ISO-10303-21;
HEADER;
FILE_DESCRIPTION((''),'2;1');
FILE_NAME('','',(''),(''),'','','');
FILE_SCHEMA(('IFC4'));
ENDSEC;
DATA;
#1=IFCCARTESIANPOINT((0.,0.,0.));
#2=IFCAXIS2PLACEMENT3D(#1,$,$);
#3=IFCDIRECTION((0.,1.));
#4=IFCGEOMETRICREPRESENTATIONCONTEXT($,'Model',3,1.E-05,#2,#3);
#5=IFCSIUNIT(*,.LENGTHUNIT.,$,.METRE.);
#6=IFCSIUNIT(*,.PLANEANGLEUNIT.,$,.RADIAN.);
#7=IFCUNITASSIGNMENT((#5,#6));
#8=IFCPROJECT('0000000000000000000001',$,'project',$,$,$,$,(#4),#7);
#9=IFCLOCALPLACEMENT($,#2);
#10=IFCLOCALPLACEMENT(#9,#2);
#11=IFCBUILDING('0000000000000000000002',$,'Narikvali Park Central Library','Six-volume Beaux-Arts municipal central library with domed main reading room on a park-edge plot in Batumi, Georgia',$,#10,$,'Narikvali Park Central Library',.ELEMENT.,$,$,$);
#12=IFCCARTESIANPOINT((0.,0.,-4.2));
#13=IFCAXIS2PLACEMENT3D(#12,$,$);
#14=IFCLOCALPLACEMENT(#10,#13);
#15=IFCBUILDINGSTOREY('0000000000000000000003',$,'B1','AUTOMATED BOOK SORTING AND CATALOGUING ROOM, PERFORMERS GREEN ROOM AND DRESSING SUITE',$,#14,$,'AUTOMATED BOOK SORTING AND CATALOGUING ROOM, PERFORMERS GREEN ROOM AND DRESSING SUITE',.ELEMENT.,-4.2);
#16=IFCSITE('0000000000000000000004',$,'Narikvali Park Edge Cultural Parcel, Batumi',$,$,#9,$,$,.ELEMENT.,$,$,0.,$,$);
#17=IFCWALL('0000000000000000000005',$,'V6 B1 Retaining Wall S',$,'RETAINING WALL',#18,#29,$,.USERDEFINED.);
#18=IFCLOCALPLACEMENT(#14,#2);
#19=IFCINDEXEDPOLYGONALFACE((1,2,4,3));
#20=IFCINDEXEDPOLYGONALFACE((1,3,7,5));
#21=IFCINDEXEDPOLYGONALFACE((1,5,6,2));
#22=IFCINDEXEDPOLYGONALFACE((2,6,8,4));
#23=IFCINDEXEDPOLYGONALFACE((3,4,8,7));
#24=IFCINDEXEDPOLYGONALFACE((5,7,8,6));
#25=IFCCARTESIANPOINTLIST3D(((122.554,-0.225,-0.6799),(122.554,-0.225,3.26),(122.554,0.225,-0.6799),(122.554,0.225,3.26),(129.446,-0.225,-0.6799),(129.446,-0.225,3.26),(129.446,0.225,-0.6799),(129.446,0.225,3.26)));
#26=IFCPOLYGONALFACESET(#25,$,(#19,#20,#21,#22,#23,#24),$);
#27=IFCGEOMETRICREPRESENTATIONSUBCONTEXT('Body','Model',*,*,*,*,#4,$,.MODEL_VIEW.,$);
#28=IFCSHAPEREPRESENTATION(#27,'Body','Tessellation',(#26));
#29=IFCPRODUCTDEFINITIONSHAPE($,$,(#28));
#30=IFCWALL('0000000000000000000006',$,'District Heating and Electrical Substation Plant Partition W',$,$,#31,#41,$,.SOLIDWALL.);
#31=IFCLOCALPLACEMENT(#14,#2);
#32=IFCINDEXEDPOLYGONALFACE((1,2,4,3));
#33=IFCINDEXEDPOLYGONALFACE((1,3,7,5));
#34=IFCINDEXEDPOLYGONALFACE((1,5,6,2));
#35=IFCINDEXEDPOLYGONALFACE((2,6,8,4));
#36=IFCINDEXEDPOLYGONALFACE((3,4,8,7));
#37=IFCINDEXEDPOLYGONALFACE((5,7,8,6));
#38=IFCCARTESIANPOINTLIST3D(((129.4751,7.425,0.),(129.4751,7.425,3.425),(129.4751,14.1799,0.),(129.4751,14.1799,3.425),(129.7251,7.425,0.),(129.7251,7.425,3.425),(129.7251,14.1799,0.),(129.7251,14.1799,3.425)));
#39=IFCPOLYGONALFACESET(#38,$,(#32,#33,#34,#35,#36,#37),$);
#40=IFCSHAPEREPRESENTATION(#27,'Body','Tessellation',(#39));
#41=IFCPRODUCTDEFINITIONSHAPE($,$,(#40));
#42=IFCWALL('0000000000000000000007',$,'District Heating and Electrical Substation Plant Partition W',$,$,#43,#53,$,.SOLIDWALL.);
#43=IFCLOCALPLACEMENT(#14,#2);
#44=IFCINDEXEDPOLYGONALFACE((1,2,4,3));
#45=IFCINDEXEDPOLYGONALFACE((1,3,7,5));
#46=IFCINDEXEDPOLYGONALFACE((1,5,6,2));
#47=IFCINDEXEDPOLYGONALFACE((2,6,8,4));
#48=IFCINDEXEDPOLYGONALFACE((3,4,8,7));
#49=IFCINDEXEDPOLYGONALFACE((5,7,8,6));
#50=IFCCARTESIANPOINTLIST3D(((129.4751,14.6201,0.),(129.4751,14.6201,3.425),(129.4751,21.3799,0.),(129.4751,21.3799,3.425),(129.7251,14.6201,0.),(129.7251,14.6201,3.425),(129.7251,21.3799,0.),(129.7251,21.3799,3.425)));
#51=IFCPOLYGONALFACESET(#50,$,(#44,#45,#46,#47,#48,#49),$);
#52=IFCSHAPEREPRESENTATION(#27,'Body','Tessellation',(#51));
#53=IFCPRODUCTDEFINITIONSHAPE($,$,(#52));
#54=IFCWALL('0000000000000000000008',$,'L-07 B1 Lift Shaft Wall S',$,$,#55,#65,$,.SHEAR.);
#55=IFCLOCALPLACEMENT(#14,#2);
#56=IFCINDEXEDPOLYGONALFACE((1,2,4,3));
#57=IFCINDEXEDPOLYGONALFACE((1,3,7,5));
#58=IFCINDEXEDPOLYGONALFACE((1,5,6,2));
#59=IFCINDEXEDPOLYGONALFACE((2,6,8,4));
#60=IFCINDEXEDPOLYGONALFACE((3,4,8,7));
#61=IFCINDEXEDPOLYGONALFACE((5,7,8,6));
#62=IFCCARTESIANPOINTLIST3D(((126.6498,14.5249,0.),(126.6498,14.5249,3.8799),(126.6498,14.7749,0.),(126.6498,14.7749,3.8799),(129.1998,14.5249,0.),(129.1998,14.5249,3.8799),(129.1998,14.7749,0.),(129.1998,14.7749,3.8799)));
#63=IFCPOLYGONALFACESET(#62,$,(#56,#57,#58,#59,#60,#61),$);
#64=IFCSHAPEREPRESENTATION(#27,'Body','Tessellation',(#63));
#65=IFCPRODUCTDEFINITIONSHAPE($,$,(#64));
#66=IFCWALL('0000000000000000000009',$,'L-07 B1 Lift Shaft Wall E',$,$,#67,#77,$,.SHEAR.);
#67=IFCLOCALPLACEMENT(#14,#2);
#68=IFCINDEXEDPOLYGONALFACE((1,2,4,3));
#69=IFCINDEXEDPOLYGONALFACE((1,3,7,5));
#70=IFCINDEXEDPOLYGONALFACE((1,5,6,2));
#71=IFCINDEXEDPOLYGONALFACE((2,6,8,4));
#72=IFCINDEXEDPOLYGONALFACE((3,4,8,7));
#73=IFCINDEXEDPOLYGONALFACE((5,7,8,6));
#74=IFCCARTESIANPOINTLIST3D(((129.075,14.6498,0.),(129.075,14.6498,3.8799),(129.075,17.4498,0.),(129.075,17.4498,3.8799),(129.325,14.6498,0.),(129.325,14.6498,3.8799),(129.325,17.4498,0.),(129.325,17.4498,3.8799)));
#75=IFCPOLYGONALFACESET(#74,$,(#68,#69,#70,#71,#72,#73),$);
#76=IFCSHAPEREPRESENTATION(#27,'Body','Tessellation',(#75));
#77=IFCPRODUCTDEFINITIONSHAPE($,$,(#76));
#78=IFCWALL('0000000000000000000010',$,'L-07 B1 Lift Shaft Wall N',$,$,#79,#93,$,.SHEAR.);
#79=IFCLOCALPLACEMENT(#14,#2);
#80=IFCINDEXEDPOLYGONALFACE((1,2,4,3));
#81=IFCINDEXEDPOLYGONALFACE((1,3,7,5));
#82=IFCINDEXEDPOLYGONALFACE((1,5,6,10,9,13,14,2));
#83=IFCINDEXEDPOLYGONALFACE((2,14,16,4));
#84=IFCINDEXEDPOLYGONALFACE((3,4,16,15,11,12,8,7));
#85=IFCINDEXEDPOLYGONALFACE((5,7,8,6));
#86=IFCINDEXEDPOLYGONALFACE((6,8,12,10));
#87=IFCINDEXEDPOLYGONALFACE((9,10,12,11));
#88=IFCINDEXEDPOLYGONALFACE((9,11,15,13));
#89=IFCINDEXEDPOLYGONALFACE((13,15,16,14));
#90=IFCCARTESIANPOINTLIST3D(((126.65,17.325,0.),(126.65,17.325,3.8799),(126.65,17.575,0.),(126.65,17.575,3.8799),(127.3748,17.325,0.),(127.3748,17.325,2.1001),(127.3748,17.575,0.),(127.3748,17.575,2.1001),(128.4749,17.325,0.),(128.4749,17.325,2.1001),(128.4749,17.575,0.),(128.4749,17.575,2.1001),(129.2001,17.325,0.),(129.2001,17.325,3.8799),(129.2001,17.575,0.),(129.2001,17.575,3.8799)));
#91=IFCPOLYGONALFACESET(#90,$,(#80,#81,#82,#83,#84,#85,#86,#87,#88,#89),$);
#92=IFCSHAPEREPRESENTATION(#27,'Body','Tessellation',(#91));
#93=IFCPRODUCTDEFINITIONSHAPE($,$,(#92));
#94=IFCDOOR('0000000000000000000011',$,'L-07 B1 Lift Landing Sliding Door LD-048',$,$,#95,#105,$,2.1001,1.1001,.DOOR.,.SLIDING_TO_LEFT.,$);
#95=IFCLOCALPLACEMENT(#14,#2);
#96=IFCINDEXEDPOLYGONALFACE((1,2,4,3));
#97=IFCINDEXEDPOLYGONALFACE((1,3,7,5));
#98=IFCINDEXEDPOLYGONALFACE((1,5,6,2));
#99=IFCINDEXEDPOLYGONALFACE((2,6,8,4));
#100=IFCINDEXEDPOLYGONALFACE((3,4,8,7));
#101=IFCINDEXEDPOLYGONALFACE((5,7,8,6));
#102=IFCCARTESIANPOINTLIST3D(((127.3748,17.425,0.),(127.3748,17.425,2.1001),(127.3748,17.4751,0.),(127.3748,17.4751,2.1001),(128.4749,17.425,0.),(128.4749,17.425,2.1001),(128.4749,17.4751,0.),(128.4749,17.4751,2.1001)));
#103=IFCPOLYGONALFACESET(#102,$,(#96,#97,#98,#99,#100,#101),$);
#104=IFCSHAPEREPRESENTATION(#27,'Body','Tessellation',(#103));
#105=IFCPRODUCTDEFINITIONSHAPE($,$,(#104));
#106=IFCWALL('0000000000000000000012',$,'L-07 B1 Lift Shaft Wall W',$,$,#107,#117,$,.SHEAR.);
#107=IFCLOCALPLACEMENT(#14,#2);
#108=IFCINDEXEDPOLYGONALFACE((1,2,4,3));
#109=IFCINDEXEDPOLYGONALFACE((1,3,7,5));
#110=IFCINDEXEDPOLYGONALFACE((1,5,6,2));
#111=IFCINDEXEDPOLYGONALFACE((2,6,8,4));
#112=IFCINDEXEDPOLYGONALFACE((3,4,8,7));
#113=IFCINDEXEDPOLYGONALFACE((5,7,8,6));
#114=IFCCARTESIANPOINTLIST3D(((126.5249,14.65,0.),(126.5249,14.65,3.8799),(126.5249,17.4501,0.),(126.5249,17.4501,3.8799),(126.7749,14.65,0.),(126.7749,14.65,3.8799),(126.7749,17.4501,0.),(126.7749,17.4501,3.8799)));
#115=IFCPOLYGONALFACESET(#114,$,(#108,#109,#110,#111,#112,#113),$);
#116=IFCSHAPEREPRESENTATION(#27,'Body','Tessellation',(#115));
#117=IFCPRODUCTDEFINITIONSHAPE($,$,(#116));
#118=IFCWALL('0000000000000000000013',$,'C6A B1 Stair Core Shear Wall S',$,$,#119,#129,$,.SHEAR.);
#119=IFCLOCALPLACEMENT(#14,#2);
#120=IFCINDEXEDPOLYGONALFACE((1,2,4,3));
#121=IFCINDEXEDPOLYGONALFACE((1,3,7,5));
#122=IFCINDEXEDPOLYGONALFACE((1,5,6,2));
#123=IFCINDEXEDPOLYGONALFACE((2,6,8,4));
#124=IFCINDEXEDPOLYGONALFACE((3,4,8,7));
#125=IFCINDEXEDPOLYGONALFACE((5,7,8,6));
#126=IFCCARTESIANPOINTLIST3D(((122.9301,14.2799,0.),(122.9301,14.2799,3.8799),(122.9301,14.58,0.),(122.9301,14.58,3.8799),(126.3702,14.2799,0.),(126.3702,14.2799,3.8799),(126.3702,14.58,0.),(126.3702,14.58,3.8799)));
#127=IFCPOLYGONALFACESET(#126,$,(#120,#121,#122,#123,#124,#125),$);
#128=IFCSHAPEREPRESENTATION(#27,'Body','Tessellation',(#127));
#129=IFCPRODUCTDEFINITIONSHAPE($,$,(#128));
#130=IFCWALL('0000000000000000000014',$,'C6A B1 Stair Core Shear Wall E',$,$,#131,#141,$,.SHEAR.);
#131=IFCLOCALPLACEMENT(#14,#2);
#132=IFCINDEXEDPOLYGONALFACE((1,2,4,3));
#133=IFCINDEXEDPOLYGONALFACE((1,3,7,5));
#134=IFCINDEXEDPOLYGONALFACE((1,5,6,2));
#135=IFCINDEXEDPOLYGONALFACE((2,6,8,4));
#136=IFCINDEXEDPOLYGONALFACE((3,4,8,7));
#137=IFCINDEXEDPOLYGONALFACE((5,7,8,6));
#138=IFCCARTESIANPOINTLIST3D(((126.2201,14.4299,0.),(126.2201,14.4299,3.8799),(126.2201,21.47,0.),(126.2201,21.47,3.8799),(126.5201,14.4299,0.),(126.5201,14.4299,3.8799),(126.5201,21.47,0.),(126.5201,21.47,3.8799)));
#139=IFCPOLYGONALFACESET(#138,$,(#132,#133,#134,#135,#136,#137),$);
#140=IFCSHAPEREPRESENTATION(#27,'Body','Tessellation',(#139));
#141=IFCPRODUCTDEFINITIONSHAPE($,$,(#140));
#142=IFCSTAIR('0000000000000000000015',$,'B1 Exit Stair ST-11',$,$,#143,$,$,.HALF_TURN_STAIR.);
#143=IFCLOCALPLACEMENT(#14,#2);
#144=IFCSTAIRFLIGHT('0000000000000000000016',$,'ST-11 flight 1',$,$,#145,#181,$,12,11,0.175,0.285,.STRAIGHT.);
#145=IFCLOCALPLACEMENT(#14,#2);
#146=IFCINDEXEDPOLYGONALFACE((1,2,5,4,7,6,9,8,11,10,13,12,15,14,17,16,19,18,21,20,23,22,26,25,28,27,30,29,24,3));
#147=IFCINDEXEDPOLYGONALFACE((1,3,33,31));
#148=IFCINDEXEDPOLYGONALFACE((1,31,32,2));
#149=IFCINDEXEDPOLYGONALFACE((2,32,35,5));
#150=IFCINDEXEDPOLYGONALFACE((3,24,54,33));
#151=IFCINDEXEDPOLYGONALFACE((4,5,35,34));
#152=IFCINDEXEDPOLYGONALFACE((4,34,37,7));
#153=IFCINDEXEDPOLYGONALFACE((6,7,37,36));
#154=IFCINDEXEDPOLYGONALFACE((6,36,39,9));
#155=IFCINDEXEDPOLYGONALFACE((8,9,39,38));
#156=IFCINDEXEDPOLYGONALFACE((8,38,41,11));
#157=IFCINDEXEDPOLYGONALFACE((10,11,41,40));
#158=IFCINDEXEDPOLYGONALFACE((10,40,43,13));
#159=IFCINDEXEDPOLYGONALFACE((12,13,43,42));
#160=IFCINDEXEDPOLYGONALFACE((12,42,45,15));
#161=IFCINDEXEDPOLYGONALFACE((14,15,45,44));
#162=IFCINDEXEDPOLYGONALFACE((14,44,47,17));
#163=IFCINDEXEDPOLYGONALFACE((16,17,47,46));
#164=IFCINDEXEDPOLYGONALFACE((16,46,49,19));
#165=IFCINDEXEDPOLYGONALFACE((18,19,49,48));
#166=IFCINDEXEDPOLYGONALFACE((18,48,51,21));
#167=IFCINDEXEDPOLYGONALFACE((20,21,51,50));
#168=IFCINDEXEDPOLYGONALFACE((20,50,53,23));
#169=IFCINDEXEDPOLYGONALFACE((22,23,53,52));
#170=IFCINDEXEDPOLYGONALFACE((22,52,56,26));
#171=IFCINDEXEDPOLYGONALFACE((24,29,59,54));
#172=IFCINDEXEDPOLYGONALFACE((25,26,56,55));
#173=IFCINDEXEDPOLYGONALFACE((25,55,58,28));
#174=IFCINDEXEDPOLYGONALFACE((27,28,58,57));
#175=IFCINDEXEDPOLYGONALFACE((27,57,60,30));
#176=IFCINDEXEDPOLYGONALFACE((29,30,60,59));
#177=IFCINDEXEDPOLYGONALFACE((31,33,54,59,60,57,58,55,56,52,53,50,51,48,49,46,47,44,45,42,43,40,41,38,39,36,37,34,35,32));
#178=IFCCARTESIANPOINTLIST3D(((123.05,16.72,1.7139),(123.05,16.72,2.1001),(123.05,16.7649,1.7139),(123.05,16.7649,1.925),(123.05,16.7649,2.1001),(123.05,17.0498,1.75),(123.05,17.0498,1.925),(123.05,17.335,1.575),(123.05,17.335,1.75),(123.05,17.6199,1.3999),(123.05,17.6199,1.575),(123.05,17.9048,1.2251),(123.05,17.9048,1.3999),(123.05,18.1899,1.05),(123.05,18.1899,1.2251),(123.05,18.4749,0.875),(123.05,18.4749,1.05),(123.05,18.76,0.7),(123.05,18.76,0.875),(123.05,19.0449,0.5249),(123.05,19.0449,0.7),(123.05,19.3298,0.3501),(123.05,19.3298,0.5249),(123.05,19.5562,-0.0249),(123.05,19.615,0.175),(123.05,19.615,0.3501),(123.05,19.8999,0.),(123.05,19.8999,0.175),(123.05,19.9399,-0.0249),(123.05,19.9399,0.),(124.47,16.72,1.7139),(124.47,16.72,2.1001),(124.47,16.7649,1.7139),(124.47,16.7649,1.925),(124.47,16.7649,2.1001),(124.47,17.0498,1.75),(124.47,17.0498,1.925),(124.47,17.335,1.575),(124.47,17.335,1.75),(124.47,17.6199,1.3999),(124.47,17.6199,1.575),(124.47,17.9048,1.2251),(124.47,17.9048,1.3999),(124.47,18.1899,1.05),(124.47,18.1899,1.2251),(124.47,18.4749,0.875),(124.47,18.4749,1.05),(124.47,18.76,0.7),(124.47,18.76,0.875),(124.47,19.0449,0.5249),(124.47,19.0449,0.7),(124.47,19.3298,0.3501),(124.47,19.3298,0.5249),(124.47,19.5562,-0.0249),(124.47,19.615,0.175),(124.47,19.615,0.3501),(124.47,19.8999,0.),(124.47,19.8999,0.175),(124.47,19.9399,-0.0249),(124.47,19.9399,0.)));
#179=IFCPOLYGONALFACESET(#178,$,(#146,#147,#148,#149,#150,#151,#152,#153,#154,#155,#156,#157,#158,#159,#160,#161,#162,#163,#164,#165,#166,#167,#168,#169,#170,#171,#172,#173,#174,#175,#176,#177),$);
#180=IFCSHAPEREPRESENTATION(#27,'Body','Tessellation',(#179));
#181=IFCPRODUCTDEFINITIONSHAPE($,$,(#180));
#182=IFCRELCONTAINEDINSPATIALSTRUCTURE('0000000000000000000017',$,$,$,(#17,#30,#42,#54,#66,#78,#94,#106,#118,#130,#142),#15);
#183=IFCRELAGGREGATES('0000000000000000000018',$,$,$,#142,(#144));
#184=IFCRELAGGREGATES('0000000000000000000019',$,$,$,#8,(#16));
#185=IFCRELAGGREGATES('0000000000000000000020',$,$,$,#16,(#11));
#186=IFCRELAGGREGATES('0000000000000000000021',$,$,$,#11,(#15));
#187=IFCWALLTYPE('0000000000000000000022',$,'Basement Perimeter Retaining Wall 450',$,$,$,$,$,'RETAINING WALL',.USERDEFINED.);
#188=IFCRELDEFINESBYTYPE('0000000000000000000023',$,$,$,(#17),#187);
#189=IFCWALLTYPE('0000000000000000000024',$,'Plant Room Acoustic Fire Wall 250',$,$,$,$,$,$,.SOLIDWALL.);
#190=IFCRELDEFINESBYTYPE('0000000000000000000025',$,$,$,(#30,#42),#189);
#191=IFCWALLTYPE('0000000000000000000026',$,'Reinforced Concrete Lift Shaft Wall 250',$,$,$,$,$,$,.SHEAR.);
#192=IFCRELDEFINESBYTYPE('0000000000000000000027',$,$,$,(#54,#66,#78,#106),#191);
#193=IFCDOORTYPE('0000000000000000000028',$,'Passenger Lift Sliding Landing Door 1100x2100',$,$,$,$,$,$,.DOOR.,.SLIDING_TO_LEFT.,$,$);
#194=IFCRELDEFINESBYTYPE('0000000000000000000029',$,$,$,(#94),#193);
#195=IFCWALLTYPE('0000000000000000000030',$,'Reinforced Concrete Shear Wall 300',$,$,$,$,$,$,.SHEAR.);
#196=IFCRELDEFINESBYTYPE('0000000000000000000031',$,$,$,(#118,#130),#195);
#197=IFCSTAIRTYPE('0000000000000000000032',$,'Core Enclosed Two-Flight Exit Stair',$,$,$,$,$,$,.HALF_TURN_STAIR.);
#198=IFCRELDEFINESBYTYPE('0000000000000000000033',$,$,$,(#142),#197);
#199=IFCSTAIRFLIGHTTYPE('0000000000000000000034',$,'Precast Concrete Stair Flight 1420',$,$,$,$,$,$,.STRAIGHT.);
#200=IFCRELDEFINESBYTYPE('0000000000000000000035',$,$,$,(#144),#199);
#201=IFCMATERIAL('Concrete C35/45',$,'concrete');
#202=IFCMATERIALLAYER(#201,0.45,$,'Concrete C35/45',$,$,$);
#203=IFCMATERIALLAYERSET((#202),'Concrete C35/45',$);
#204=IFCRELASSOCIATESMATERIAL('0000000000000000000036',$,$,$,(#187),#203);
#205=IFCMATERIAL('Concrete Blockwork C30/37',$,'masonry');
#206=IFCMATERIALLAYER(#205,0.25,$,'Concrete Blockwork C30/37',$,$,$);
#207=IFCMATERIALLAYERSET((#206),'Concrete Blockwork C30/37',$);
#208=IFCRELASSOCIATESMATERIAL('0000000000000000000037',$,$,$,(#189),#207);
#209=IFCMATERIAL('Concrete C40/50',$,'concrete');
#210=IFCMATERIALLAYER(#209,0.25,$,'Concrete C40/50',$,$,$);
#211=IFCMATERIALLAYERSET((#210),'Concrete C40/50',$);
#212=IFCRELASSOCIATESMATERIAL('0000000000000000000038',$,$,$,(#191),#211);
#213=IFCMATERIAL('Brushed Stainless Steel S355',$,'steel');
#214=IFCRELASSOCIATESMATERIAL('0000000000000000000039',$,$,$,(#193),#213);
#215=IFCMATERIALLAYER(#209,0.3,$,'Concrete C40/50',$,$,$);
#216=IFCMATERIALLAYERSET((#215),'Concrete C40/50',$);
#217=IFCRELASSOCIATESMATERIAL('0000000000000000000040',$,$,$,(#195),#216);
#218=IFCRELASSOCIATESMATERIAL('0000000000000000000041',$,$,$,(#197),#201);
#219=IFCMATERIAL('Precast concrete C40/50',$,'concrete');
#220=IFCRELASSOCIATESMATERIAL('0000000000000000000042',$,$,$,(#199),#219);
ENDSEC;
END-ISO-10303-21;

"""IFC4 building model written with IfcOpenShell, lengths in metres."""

from ifc_helpers import new_model, si_unit, direction, frame, frame_2d, origin, place, context, subcontext, project, spatial, polyline, rectangle, outline, extrude, material, layer, layer_set, type_object, element, fill, aggregate, save


model = new_model("IFC4")

# Units and contexts
model_context = context("Model", 3, precision=1e-05, world=origin(), true_north=direction((0.0, 1.0)))
body_context = subcontext(model_context, "Body", "Model", "MODEL_VIEW")
ifc_project = project(units=[si_unit("LENGTHUNIT", "METRE"), si_unit("PLANEANGLEUNIT", "RADIAN")], contexts=[model_context])

# Site, building, storey
site_placement = place(None, origin())
site = spatial("IfcSite", under=ifc_project, at=site_placement, Name="Narikvali Park Edge Cultural Parcel, Batumi", CompositionType="ELEMENT", RefElevation=0.0)
building_placement = place(site_placement, origin())
building = spatial("IfcBuilding", under=site, at=building_placement, Name="Narikvali Park Central Library", Description="Six-volume Beaux-Arts municipal central library with domed main reading room on a park-edge plot in Batumi, Georgia", LongName="Narikvali Park Central Library", CompositionType="ELEMENT")
storey_placement = place(building_placement, frame((0.0, 0.0, -4.2)))
storey = spatial("IfcBuildingStorey", under=building, at=storey_placement, Name="B1", Description="AUTOMATED BOOK SORTING AND CATALOGUING ROOM, PERFORMERS GREEN ROOM AND DRESSING SUITE", LongName="AUTOMATED BOOK SORTING AND CATALOGUING ROOM, PERFORMERS GREEN ROOM AND DRESSING SUITE", CompositionType="ELEMENT", Elevation=-4.2)

# Shared definitions
ifc_material_1 = material(Name="Concrete C35/45", Category="concrete")

# Walls
ifc_layer_1 = layer(ifc_material_1, 0.45, Name="Concrete C35/45")
ifc_layer_set_1 = layer_set([ifc_layer_1], Name="Concrete C35/45")
wall_type_1 = type_object("IfcWallType", Name="Basement Perimeter Retaining Wall 450", ElementType="RETAINING WALL", PredefinedType="USERDEFINED", material=ifc_layer_set_1)
wall_1_placement = place(storey_placement, frame((122.554, 0.0, -0.6799), z_axis=(0.0, 0.0, 1.0), x_axis=(1.0, 0.0, 0.0)))
element("IfcWall", 1, at=wall_1_placement, inside=storey, type_object=wall_type_1, Name="V6 B1 Retaining Wall S", ObjectType="RETAINING WALL", PredefinedType="USERDEFINED", context=body_context, shape_type="SweptSolid", body=[
    extrude(rectangle(XDim=6.8921, YDim=0.45, at=frame_2d((3.446, 0.0))), origin(), (0.0, 0.0, 1.0), 3.9399),
])
ifc_material_2 = material(Name="Concrete Blockwork C30/37", Category="masonry")
ifc_layer_2 = layer(ifc_material_2, 0.25, Name="Concrete Blockwork C30/37")
ifc_layer_set_2 = layer_set([ifc_layer_2], Name="Concrete Blockwork C30/37")
wall_type_2 = type_object("IfcWallType", Name="Plant Room Acoustic Fire Wall 250", PredefinedType="SOLIDWALL", material=ifc_layer_set_2)
wall_2_placement = place(storey_placement, frame((129.6001, 7.425, 0.0), z_axis=(0.0, 0.0, 1.0), x_axis=(0.0, 1.0, 0.0)))
element("IfcWall", 2, at=wall_2_placement, inside=storey, type_object=wall_type_2, Name="District Heating and Electrical Substation Plant Partition W", PredefinedType="SOLIDWALL", context=body_context, shape_type="SweptSolid", body=[
    extrude(rectangle(XDim=6.7549, YDim=0.25, at=frame_2d((3.3774, 0.0))), origin(), (0.0, 0.0, 1.0), 3.425),
])
wall_3_placement = place(storey_placement, frame((129.6001, 14.6201, 0.0), z_axis=(0.0, 0.0, 1.0), x_axis=(0.0, 1.0, 0.0)))
element("IfcWall", 3, at=wall_3_placement, inside=storey, type_object=wall_type_2, Name="District Heating and Electrical Substation Plant Partition W", PredefinedType="SOLIDWALL", context=body_context, shape_type="SweptSolid", body=[
    extrude(rectangle(XDim=6.7598, YDim=0.25, at=frame_2d((3.3799, 0.0))), origin(), (0.0, 0.0, 1.0), 3.425),
])
ifc_material_3 = material(Name="Concrete C40/50", Category="concrete")
ifc_layer_3 = layer(ifc_material_3, 0.25, Name="Concrete C40/50")
ifc_layer_set_3 = layer_set([ifc_layer_3], Name="Concrete C40/50")
wall_type_3 = type_object("IfcWallType", Name="Reinforced Concrete Lift Shaft Wall 250", PredefinedType="SHEAR", material=ifc_layer_set_3)
wall_4_placement = place(storey_placement, frame((126.6499, 14.6499, 0.0), z_axis=(0.0, 0.0, 1.0), x_axis=(1.0, 0.0, 0.0)))
element("IfcWall", 4, at=wall_4_placement, inside=storey, type_object=wall_type_3, Name="L-07 B1 Lift Shaft Wall S", PredefinedType="SHEAR", context=body_context, shape_type="SweptSolid", body=[
    extrude(rectangle(XDim=2.55, YDim=0.25, at=frame_2d((1.2749, 0.0))), origin(), (0.0, 0.0, 1.0), 3.8799),
])
wall_5_placement = place(storey_placement, frame((129.2, 14.6499, 0.0), z_axis=(0.0, 0.0, 1.0), x_axis=(0.0, 1.0, 0.0)))
element("IfcWall", 5, at=wall_5_placement, inside=storey, type_object=wall_type_3, Name="L-07 B1 Lift Shaft Wall E", PredefinedType="SHEAR", context=body_context, shape_type="SweptSolid", body=[
    extrude(rectangle(XDim=2.8, YDim=0.25, at=frame_2d((1.3999, 0.0))), origin(), (0.0, 0.0, 1.0), 3.8799),
])

# Wall, opening, door
wall_6_placement = place(storey_placement, frame((129.2, 17.45, 0.0), z_axis=(0.0, 0.0, 1.0), x_axis=(-1.0, 0.0, 0.0)))
wall_6 = element("IfcWall", 6, at=wall_6_placement, inside=storey, type_object=wall_type_3, Name="L-07 B1 Lift Shaft Wall N", PredefinedType="SHEAR", context=body_context, shape_type="SweptSolid", body=[
    extrude(rectangle(XDim=2.55, YDim=0.25, at=frame_2d((1.2749, 0.0))), origin(), (0.0, 0.0, 1.0), 3.8799),
])
opening_placement = place(wall_6_placement, frame((0.7251, 0.0, 0.0)))
opening = element("IfcOpeningElement", 7, at=opening_placement, cuts=wall_6, PredefinedType="OPENING", context=body_context, shape_type="SweptSolid", body=[
    extrude(rectangle(XDim=1.1001, YDim=2.1001, at=frame_2d((0.55, 1.05))), frame((0.0, 0.137, 0.0), z_axis=(0.0, -1.0, 0.0), x_axis=(1.0, 0.0, 0.0)), (0.0, 0.0, 1.0), 0.2739),
])
ifc_material_4 = material(Name="Brushed Stainless Steel S355", Category="steel")
door_type = type_object("IfcDoorType", Name="Passenger Lift Sliding Landing Door 1100x2100", OperationType="SLIDING_TO_LEFT", PredefinedType="DOOR", material=ifc_material_4)
door_placement = place(opening_placement, origin())
door = element("IfcDoor", 8, at=door_placement, inside=storey, type_object=door_type, Name="L-07 B1 Lift Landing Sliding Door LD-048", OperationType="SLIDING_TO_LEFT", OverallHeight=2.1001, OverallWidth=1.1001, PredefinedType="DOOR", context=body_context, shape_type="SweptSolid", body=[
    extrude(rectangle(XDim=1.1001, YDim=2.1001, at=frame_2d((0.55, 1.05))), frame((0.0, 0.0249, 0.0), z_axis=(0.0, -1.0, 0.0), x_axis=(1.0, 0.0, 0.0)), (0.0, 0.0, 1.0), 0.05),
])
fill(opening, door)

# Walls
wall_7_placement = place(storey_placement, frame((126.6499, 17.45, 0.0), z_axis=(0.0, 0.0, 1.0), x_axis=(0.0, -1.0, 0.0)))
element("IfcWall", 9, at=wall_7_placement, inside=storey, type_object=wall_type_3, Name="L-07 B1 Lift Shaft Wall W", PredefinedType="SHEAR", context=body_context, shape_type="SweptSolid", body=[
    extrude(rectangle(XDim=2.8, YDim=0.25, at=frame_2d((1.3999, 0.0))), origin(), (0.0, 0.0, 1.0), 3.8799),
])
ifc_layer_4 = layer(ifc_material_3, 0.3, Name="Concrete C40/50")
ifc_layer_set_4 = layer_set([ifc_layer_4], Name="Concrete C40/50")
wall_type_4 = type_object("IfcWallType", Name="Reinforced Concrete Shear Wall 300", PredefinedType="SHEAR", material=ifc_layer_set_4)
wall_8_placement = place(storey_placement, frame((122.9299, 14.4299, 0.0), z_axis=(0.0, 0.0, 1.0), x_axis=(1.0, 0.0, 0.0)))
element("IfcWall", 10, at=wall_8_placement, inside=storey, type_object=wall_type_4, Name="C6A B1 Stair Core Shear Wall S", PredefinedType="SHEAR", context=body_context, shape_type="SweptSolid", body=[
    extrude(rectangle(XDim=3.4402, YDim=0.3, at=frame_2d((1.7202, 0.0))), origin(), (0.0, 0.0, 1.0), 3.8799),
])
wall_9_placement = place(storey_placement, frame((126.3701, 14.4299, 0.0), z_axis=(0.0, 0.0, 1.0), x_axis=(0.0, 1.0, 0.0)))
element("IfcWall", 11, at=wall_9_placement, inside=storey, type_object=wall_type_4, Name="C6A B1 Stair Core Shear Wall E", PredefinedType="SHEAR", context=body_context, shape_type="SweptSolid", body=[
    extrude(rectangle(XDim=7.04, YDim=0.3, at=frame_2d((3.52, 0.0))), origin(), (0.0, 0.0, 1.0), 3.8799),
])

# Stair, stair flight
stair_type = type_object("IfcStairType", Name="Core Enclosed Two-Flight Exit Stair", PredefinedType="HALF_TURN_STAIR", material=ifc_material_1)
stair_placement = place(storey_placement, origin())
stair = element("IfcStair", 12, at=stair_placement, inside=storey, type_object=stair_type, Name="B1 Exit Stair ST-11", PredefinedType="HALF_TURN_STAIR")
ifc_material_5 = material(Name="Precast concrete C40/50", Category="concrete")
stair_flight_type = type_object("IfcStairFlightType", Name="Precast Concrete Stair Flight 1420", PredefinedType="STRAIGHT", material=ifc_material_5)
stair_flight_1_placement = place(storey_placement, frame((123.76, 19.8999, 0.0), z_axis=(0.0, 0.0, 1.0), x_axis=(0.0, -1.0, 0.0)))
stair_flight_1 = element("IfcStairFlight", 13, at=stair_flight_1_placement, type_object=stair_flight_type, Name="ST-11 flight 1", NumberOfRisers=12, NumberOfTreads=11, PredefinedType="STRAIGHT", RiserHeight=0.175, TreadLength=0.285, context=body_context, shape_type="SweptSolid", body=[
    extrude(outline(polyline([(-0.04, -0.0249), (-0.04, 0.0), (0.0, 0.0), (0.0, 0.175), (0.2849, 0.175), (0.2849, 0.3501), (0.5701, 0.3501), (0.5701, 0.5249), (0.855, 0.5249), (0.855, 0.7), (1.1399, 0.7), (1.1399, 0.875), (1.425, 0.875), (1.425, 1.05), (1.71, 1.05), (1.71, 1.2251), (1.9951, 1.2251), (1.9951, 1.3999), (2.28, 1.3999), (2.28, 1.575), (2.5649, 1.575), (2.5649, 1.75), (2.8501, 1.75), (2.8501, 1.925), (3.135, 1.925), (3.135, 2.1001), (3.1799, 2.1001), (3.1799, 1.7139), (3.135, 1.7139), (0.3438, -0.0249), (-0.04, -0.0249)])), frame((0.0, 0.71, 0.0), z_axis=(0.0, -1.0, 0.0), x_axis=(1.0, 0.0, 0.0)), (0.0, 0.0, 1.0), 1.4199),
])
aggregate(stair, [stair_flight_1])

save(model, "model.ifc")
